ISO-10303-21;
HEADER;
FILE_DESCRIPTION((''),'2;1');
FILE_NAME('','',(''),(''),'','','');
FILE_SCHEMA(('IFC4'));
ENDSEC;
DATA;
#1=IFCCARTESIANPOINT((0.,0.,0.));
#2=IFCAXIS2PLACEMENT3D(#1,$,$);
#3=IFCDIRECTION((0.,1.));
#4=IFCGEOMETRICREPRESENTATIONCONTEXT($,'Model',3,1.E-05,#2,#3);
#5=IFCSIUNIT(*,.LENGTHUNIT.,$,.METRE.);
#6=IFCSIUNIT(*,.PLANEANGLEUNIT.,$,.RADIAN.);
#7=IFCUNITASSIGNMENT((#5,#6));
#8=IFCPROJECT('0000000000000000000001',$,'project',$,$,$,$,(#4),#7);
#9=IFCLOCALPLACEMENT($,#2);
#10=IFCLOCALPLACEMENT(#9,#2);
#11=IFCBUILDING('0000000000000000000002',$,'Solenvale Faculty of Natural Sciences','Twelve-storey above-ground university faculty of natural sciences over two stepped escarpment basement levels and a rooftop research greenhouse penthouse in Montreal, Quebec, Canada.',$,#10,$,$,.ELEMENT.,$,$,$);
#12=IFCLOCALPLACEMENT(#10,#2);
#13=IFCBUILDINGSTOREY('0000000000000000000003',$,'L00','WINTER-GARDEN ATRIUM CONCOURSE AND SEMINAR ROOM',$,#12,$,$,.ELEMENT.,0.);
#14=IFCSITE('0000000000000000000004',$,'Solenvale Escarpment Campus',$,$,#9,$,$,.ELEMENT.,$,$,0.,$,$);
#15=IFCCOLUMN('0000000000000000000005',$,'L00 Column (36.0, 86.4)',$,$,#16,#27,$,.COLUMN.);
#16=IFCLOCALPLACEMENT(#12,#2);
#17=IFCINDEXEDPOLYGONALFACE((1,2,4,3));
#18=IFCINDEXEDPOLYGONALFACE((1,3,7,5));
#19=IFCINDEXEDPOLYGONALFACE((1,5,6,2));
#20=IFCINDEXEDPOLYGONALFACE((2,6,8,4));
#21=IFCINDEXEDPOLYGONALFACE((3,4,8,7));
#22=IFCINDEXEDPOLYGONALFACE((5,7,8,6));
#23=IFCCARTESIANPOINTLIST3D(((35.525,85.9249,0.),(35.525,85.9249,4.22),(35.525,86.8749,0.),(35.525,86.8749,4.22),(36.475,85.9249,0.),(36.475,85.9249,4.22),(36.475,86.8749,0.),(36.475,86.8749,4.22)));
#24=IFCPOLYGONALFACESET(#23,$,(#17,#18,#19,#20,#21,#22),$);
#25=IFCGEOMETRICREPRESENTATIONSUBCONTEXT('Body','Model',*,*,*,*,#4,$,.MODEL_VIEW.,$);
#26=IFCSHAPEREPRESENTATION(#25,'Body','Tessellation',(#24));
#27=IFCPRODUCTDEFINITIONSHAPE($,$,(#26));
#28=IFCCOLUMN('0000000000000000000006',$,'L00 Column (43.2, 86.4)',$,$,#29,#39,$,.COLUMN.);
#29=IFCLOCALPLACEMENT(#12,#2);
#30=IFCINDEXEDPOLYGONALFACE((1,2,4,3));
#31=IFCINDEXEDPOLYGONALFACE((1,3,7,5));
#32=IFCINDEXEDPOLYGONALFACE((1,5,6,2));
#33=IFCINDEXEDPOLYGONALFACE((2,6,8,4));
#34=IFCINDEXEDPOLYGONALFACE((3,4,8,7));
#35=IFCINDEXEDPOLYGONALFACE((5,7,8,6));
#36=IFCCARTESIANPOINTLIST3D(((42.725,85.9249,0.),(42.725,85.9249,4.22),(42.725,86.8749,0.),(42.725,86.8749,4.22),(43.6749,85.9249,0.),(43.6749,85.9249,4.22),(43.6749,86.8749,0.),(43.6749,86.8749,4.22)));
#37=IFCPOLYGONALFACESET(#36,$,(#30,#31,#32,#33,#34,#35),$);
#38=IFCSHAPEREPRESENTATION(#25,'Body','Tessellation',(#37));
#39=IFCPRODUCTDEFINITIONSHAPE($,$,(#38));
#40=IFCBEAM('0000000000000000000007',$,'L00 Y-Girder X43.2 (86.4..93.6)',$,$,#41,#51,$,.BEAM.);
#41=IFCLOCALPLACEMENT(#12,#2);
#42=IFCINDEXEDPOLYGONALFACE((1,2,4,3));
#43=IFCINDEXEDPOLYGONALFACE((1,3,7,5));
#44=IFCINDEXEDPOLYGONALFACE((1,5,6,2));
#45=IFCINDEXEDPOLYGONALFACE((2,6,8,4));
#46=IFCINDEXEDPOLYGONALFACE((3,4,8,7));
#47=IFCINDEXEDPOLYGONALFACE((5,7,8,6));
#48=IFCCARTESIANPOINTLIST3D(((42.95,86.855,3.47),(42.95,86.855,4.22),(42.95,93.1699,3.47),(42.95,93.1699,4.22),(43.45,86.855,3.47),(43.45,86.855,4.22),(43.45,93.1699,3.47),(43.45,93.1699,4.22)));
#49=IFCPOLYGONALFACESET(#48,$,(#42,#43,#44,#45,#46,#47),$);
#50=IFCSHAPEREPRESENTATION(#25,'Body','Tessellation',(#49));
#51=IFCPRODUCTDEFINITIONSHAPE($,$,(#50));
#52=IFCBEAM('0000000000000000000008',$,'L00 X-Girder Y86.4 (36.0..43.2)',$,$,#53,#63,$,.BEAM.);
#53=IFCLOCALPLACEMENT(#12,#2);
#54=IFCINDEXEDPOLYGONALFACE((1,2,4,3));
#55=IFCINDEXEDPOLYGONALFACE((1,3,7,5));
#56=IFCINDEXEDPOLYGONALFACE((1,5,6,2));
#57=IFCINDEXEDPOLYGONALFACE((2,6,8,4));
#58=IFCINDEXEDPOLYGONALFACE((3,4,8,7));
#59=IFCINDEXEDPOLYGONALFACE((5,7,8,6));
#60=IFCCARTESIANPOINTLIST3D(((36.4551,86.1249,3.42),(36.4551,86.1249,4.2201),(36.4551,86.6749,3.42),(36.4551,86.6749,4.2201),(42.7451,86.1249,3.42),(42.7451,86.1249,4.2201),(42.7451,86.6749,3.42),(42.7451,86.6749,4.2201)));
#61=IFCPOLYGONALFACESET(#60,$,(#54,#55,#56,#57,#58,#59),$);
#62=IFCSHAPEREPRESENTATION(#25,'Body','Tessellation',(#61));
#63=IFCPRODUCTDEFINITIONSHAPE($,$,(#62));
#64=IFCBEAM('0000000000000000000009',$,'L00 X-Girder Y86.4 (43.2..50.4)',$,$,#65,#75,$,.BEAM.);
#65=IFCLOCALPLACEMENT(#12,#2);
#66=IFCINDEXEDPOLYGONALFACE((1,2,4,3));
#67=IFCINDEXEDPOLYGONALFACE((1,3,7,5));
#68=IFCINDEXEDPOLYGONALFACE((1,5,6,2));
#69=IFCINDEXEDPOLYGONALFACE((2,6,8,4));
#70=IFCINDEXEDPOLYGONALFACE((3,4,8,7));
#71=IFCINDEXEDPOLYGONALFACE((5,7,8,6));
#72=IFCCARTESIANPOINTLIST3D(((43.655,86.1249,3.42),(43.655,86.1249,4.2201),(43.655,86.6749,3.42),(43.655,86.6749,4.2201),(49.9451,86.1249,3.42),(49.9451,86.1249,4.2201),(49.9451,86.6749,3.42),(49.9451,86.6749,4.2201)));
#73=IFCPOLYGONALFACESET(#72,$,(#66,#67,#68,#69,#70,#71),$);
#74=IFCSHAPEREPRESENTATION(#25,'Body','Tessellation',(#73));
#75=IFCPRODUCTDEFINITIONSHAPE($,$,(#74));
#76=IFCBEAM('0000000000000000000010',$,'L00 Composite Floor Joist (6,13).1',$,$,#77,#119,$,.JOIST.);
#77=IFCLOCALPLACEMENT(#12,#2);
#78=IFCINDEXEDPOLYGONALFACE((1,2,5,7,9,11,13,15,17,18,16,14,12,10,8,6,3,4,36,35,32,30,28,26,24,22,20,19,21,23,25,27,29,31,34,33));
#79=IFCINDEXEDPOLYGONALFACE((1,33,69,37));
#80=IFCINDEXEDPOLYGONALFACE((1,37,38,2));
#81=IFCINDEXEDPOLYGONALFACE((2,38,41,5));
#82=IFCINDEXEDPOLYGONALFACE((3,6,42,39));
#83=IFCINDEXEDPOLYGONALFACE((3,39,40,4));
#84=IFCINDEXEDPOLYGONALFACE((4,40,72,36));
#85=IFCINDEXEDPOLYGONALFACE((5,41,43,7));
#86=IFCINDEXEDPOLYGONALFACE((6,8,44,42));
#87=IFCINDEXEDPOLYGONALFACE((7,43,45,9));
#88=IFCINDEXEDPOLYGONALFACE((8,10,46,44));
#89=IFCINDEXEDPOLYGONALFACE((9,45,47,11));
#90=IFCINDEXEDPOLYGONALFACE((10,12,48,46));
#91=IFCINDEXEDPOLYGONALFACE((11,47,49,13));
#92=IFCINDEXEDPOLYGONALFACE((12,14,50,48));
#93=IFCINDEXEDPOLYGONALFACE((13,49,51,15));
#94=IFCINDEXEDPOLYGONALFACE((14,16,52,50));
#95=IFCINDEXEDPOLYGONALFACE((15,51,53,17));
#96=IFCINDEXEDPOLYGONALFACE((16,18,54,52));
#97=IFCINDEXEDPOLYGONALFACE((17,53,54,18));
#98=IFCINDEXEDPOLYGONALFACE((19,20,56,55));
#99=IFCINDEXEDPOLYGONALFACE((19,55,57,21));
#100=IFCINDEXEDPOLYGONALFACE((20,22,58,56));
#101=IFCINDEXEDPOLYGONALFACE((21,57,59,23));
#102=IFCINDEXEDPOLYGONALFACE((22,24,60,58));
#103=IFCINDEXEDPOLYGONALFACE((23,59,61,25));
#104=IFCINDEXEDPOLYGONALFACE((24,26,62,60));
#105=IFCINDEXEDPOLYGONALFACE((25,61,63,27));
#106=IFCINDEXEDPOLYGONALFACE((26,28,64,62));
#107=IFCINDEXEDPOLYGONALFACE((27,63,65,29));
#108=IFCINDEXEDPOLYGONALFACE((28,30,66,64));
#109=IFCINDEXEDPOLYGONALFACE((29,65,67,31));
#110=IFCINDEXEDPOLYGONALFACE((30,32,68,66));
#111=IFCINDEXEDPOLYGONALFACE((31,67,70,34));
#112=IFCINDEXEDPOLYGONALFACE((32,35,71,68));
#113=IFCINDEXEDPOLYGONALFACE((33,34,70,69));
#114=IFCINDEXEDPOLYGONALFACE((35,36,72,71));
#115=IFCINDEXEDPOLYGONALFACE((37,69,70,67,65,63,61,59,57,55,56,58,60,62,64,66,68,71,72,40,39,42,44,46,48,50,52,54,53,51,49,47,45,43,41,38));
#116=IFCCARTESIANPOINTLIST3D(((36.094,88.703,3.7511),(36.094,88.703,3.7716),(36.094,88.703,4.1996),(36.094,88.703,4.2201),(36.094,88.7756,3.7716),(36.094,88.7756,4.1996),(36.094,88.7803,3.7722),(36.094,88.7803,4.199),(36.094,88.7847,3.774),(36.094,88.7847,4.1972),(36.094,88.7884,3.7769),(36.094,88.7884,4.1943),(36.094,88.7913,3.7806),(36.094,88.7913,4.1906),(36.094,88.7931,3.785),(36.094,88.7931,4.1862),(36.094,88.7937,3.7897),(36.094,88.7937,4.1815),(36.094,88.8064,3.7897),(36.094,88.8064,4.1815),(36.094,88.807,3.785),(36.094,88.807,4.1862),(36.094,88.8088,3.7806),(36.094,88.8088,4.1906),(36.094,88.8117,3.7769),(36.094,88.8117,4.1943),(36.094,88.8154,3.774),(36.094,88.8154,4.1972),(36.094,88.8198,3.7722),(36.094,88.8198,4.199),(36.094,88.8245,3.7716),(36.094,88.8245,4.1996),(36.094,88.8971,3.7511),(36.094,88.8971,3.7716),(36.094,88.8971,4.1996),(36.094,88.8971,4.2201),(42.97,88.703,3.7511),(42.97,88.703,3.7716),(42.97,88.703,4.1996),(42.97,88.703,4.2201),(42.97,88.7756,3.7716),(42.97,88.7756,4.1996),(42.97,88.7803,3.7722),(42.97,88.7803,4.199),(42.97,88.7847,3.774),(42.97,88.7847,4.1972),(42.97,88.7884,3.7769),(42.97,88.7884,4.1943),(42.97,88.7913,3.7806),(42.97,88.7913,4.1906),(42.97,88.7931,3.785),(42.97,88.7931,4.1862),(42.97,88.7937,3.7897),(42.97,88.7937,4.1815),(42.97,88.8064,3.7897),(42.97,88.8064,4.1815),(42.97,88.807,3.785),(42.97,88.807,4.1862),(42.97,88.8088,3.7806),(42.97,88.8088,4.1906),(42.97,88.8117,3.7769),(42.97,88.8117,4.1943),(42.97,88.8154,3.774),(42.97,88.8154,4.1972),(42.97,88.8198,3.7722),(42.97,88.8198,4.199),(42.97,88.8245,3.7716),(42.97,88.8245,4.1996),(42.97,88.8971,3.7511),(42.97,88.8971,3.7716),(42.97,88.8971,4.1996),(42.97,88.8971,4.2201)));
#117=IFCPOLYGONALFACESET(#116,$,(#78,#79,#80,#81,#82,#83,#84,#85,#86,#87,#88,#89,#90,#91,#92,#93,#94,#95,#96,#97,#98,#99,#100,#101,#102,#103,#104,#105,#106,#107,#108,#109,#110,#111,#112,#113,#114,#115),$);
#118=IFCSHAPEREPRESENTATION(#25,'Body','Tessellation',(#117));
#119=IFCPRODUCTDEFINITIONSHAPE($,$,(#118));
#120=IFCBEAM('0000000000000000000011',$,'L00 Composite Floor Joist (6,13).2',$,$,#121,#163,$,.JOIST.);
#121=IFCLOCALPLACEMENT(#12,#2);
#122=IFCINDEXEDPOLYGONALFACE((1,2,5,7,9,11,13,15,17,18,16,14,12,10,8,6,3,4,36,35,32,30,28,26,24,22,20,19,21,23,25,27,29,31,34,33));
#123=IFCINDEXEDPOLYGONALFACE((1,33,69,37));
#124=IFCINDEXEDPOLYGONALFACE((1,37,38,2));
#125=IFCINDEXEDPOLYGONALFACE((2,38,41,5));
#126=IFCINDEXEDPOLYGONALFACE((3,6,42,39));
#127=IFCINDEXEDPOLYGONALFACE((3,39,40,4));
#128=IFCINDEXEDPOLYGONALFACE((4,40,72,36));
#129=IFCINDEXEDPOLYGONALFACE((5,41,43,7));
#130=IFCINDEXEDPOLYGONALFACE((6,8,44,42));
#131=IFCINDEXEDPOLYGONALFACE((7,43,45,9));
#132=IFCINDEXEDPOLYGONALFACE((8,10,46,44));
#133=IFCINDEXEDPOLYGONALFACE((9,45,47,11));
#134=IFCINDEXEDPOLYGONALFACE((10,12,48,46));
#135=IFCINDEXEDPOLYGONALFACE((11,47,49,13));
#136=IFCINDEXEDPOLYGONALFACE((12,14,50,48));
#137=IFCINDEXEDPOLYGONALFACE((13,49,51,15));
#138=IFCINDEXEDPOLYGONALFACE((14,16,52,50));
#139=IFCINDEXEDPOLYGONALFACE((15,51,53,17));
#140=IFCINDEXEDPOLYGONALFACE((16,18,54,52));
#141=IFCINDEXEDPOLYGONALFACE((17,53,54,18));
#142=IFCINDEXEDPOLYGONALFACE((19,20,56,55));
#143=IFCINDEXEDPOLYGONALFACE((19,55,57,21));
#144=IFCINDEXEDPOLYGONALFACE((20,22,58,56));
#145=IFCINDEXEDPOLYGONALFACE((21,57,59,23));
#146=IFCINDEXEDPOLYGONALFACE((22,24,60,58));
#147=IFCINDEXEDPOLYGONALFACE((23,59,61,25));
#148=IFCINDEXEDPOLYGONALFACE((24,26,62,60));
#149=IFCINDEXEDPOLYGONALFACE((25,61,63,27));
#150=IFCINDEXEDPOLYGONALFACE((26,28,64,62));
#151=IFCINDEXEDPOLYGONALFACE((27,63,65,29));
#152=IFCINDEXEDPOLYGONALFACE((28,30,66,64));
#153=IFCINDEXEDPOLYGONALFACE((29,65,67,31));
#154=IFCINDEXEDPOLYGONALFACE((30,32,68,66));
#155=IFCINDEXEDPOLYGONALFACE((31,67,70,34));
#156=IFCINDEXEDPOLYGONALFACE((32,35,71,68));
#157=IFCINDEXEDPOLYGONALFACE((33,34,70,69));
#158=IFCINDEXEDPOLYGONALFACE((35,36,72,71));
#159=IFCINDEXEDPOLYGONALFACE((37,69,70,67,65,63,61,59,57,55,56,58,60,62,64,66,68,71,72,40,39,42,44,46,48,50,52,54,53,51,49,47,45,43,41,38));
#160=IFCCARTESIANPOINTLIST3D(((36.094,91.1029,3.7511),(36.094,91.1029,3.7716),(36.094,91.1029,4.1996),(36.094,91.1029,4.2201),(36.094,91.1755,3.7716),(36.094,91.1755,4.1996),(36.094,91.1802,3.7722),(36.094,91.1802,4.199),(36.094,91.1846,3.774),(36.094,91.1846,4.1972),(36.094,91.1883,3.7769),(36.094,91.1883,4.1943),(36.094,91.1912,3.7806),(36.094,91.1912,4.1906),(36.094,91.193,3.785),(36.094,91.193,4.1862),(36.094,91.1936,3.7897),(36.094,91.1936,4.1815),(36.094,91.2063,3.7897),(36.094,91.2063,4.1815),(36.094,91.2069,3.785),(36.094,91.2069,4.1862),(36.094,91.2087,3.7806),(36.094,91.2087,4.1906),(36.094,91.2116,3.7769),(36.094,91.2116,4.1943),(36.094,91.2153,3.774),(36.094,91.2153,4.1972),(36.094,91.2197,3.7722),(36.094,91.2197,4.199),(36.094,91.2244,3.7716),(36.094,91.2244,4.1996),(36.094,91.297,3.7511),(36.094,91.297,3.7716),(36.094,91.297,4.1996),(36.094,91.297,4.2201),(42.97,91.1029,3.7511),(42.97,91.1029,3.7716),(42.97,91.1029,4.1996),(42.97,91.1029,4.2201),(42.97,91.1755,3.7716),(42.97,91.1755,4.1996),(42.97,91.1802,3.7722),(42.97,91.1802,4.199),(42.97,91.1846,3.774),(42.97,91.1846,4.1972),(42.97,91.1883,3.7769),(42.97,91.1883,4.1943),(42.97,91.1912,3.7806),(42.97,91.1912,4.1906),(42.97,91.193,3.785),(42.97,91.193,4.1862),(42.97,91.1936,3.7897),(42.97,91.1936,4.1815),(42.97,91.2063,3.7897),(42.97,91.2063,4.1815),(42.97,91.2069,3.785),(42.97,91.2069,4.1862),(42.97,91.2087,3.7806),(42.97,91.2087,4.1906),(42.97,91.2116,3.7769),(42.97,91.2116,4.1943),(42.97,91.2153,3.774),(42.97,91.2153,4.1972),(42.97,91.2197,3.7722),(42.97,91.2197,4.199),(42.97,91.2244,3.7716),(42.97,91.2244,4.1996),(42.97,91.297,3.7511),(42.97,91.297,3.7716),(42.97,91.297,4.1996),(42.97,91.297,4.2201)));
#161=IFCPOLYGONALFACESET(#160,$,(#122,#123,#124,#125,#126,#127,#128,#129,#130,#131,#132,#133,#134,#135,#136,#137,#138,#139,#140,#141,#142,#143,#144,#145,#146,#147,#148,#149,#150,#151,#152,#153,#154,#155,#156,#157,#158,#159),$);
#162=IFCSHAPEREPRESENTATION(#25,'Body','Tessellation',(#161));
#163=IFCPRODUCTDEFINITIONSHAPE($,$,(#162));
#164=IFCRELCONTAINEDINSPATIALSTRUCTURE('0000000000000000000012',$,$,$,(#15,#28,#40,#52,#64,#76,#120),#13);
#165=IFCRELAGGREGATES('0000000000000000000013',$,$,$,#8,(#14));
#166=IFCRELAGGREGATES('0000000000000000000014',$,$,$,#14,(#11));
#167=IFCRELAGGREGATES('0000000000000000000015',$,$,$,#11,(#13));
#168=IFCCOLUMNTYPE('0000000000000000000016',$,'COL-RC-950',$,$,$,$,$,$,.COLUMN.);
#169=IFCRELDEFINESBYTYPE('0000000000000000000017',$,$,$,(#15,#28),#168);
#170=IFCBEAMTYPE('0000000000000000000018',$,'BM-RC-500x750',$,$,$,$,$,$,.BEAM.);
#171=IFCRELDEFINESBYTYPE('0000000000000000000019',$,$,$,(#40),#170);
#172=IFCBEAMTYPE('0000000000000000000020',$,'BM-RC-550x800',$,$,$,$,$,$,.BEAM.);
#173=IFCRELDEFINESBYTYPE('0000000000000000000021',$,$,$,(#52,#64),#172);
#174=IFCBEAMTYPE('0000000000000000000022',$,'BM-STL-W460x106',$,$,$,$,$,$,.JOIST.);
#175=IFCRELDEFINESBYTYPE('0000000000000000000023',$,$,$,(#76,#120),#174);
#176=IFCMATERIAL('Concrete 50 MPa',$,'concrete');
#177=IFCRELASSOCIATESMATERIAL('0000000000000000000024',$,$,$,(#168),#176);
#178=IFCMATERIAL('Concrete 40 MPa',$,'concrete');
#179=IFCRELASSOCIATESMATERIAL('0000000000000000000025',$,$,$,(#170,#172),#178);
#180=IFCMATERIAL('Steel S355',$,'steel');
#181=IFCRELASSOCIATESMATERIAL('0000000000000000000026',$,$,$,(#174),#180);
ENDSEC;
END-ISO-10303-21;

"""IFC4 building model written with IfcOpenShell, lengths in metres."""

from ifc_helpers import new_model, si_unit, direction, frame, origin, origin_2d, place, context, subcontext, project, spatial, rectangle, i_section, extrude, material, material_profile, profile_set, type_object, element, save


model = new_model("IFC4")

# Units and contexts
model_context = context("Model", 3, precision=1e-05, world=origin(), true_north=direction((0.0, 1.0)))
body_context = subcontext(model_context, "Body", "Model", "MODEL_VIEW")
ifc_project = project(units=[si_unit("LENGTHUNIT", "METRE"), si_unit("PLANEANGLEUNIT", "RADIAN")], contexts=[model_context])

# Site, building, storey
site_placement = place(None, origin())
site = spatial("IfcSite", under=ifc_project, at=site_placement, Name="Solenvale Escarpment Campus", CompositionType="ELEMENT", RefElevation=0.0)
building_placement = place(site_placement, origin())
building = spatial("IfcBuilding", under=site, at=building_placement, Name="Solenvale Faculty of Natural Sciences", Description="Twelve-storey above-ground university faculty of natural sciences over two stepped escarpment basement levels and a rooftop research greenhouse penthouse in Montreal, Quebec, Canada.", CompositionType="ELEMENT")
storey_placement = place(building_placement, origin())
storey = spatial("IfcBuildingStorey", under=building, at=storey_placement, Name="L00", Description="WINTER-GARDEN ATRIUM CONCOURSE AND SEMINAR ROOM", CompositionType="ELEMENT", Elevation=0.0)

# Columns
ifc_material_1 = material(Name="Concrete 50 MPa", Category="concrete")
ifc_material_profile_1 = material_profile(ifc_material_1, rectangle(XDim=0.95, YDim=0.95, at=origin_2d()), Name="RC-COL-950x950")
ifc_profile_set_1 = profile_set([ifc_material_profile_1], Name="Concrete 50 MPa")
column_type = type_object("IfcColumnType", Name="COL-RC-950", PredefinedType="COLUMN", material=ifc_profile_set_1)
for number, where, z_axis, x_axis, name in (
    (1, (36.0, 86.3999, 0.0), (0.0, 0.0, 1.0), (1.0, 0.0, 0.0), "L00 Column (36.0, 86.4)"),
    (2, (43.2, 86.3999, 0.0), (0.0, 0.0, 1.0), (1.0, 0.0, 0.0), "L00 Column (43.2, 86.4)"),
):
    element("IfcColumn", number, at=place(storey_placement, frame(where, z_axis=z_axis, x_axis=x_axis)), inside=storey, type_object=column_type, Name=name, PredefinedType="COLUMN", context=body_context, shape_type="SweptSolid", body=[
        extrude(rectangle(XDim=0.95, YDim=0.95, at=origin_2d()), origin(), (0.0, 0.0, 1.0), 4.22),
    ])

# Beams
ifc_material_2 = material(Name="Concrete 40 MPa", Category="concrete")
ifc_material_profile_2 = material_profile(ifc_material_2, rectangle(XDim=0.5, YDim=0.75, at=origin_2d()), Name="RC-BM-500x750")
ifc_profile_set_2 = profile_set([ifc_material_profile_2], Name="Concrete 40 MPa")
beam_type_1 = type_object("IfcBeamType", Name="BM-RC-500x750", PredefinedType="BEAM", material=ifc_profile_set_2)
beam_1_placement = place(storey_placement, frame((43.2, 86.855, 3.845), z_axis=(0.0, 1.0, 0.0), x_axis=(-1.0, 0.0, 0.0)))
element("IfcBeam", 3, at=beam_1_placement, inside=storey, type_object=beam_type_1, Name="L00 Y-Girder X43.2 (86.4..93.6)", PredefinedType="BEAM", context=body_context, shape_type="SweptSolid", body=[
    extrude(rectangle(XDim=0.5, YDim=0.75, at=origin_2d()), origin(), (0.0, 0.0, 1.0), 6.3149),
])
ifc_material_profile_3 = material_profile(ifc_material_2, rectangle(XDim=0.55, YDim=0.8, at=origin_2d()), Name="RC-BM-550x800")
ifc_profile_set_3 = profile_set([ifc_material_profile_3], Name="Concrete 40 MPa")
beam_type_2 = type_object("IfcBeamType", Name="BM-RC-550x800", PredefinedType="BEAM", material=ifc_profile_set_3)
for number, where, z_axis, x_axis, name in (
    (4, (36.4551, 86.3999, 3.8201), (1.0, 0.0, 0.0), (0.0, 1.0, 0.0), "L00 X-Girder Y86.4 (36.0..43.2)"),
    (5, (43.655, 86.3999, 3.8201), (1.0, 0.0, 0.0), (0.0, 1.0, 0.0), "L00 X-Girder Y86.4 (43.2..50.4)"),
):
    element("IfcBeam", number, at=place(storey_placement, frame(where, z_axis=z_axis, x_axis=x_axis)), inside=storey, type_object=beam_type_2, Name=name, PredefinedType="BEAM", context=body_context, shape_type="SweptSolid", body=[
        extrude(rectangle(XDim=0.55, YDim=0.8, at=origin_2d()), origin(), (0.0, 0.0, 1.0), 6.29),
    ])
ifc_material_3 = material(Name="Steel S355", Category="steel")
ifc_material_profile_4 = material_profile(ifc_material_3, i_section(OverallWidth=0.1941, OverallDepth=0.469, WebThickness=0.0127, FlangeThickness=0.0205, FilletRadius=0.0181, at=origin_2d()), Name="W460x106")
ifc_profile_set_4 = profile_set([ifc_material_profile_4], Name="Steel S355")
beam_type_3 = type_object("IfcBeamType", Name="BM-STL-W460x106", PredefinedType="JOIST", material=ifc_profile_set_4)
for number, where, z_axis, x_axis, name in (
    (6, (36.094, 88.8, 3.9856), (1.0, 0.0, 0.0), (0.0, 1.0, 0.0), "L00 Composite Floor Joist (6,13).1"),
    (7, (36.094, 91.2, 3.9856), (1.0, 0.0, 0.0), (0.0, 1.0, 0.0), "L00 Composite Floor Joist (6,13).2"),
):
    element("IfcBeam", number, at=place(storey_placement, frame(where, z_axis=z_axis, x_axis=x_axis)), inside=storey, type_object=beam_type_3, Name=name, PredefinedType="JOIST", context=body_context, shape_type="SweptSolid", body=[
        extrude(i_section(OverallWidth=0.1941, OverallDepth=0.469, WebThickness=0.0127, FlangeThickness=0.0205, FilletRadius=0.0181, at=origin_2d()), origin(), (0.0, 0.0, 1.0), 6.876),
    ])

save(model, "model.ifc")
